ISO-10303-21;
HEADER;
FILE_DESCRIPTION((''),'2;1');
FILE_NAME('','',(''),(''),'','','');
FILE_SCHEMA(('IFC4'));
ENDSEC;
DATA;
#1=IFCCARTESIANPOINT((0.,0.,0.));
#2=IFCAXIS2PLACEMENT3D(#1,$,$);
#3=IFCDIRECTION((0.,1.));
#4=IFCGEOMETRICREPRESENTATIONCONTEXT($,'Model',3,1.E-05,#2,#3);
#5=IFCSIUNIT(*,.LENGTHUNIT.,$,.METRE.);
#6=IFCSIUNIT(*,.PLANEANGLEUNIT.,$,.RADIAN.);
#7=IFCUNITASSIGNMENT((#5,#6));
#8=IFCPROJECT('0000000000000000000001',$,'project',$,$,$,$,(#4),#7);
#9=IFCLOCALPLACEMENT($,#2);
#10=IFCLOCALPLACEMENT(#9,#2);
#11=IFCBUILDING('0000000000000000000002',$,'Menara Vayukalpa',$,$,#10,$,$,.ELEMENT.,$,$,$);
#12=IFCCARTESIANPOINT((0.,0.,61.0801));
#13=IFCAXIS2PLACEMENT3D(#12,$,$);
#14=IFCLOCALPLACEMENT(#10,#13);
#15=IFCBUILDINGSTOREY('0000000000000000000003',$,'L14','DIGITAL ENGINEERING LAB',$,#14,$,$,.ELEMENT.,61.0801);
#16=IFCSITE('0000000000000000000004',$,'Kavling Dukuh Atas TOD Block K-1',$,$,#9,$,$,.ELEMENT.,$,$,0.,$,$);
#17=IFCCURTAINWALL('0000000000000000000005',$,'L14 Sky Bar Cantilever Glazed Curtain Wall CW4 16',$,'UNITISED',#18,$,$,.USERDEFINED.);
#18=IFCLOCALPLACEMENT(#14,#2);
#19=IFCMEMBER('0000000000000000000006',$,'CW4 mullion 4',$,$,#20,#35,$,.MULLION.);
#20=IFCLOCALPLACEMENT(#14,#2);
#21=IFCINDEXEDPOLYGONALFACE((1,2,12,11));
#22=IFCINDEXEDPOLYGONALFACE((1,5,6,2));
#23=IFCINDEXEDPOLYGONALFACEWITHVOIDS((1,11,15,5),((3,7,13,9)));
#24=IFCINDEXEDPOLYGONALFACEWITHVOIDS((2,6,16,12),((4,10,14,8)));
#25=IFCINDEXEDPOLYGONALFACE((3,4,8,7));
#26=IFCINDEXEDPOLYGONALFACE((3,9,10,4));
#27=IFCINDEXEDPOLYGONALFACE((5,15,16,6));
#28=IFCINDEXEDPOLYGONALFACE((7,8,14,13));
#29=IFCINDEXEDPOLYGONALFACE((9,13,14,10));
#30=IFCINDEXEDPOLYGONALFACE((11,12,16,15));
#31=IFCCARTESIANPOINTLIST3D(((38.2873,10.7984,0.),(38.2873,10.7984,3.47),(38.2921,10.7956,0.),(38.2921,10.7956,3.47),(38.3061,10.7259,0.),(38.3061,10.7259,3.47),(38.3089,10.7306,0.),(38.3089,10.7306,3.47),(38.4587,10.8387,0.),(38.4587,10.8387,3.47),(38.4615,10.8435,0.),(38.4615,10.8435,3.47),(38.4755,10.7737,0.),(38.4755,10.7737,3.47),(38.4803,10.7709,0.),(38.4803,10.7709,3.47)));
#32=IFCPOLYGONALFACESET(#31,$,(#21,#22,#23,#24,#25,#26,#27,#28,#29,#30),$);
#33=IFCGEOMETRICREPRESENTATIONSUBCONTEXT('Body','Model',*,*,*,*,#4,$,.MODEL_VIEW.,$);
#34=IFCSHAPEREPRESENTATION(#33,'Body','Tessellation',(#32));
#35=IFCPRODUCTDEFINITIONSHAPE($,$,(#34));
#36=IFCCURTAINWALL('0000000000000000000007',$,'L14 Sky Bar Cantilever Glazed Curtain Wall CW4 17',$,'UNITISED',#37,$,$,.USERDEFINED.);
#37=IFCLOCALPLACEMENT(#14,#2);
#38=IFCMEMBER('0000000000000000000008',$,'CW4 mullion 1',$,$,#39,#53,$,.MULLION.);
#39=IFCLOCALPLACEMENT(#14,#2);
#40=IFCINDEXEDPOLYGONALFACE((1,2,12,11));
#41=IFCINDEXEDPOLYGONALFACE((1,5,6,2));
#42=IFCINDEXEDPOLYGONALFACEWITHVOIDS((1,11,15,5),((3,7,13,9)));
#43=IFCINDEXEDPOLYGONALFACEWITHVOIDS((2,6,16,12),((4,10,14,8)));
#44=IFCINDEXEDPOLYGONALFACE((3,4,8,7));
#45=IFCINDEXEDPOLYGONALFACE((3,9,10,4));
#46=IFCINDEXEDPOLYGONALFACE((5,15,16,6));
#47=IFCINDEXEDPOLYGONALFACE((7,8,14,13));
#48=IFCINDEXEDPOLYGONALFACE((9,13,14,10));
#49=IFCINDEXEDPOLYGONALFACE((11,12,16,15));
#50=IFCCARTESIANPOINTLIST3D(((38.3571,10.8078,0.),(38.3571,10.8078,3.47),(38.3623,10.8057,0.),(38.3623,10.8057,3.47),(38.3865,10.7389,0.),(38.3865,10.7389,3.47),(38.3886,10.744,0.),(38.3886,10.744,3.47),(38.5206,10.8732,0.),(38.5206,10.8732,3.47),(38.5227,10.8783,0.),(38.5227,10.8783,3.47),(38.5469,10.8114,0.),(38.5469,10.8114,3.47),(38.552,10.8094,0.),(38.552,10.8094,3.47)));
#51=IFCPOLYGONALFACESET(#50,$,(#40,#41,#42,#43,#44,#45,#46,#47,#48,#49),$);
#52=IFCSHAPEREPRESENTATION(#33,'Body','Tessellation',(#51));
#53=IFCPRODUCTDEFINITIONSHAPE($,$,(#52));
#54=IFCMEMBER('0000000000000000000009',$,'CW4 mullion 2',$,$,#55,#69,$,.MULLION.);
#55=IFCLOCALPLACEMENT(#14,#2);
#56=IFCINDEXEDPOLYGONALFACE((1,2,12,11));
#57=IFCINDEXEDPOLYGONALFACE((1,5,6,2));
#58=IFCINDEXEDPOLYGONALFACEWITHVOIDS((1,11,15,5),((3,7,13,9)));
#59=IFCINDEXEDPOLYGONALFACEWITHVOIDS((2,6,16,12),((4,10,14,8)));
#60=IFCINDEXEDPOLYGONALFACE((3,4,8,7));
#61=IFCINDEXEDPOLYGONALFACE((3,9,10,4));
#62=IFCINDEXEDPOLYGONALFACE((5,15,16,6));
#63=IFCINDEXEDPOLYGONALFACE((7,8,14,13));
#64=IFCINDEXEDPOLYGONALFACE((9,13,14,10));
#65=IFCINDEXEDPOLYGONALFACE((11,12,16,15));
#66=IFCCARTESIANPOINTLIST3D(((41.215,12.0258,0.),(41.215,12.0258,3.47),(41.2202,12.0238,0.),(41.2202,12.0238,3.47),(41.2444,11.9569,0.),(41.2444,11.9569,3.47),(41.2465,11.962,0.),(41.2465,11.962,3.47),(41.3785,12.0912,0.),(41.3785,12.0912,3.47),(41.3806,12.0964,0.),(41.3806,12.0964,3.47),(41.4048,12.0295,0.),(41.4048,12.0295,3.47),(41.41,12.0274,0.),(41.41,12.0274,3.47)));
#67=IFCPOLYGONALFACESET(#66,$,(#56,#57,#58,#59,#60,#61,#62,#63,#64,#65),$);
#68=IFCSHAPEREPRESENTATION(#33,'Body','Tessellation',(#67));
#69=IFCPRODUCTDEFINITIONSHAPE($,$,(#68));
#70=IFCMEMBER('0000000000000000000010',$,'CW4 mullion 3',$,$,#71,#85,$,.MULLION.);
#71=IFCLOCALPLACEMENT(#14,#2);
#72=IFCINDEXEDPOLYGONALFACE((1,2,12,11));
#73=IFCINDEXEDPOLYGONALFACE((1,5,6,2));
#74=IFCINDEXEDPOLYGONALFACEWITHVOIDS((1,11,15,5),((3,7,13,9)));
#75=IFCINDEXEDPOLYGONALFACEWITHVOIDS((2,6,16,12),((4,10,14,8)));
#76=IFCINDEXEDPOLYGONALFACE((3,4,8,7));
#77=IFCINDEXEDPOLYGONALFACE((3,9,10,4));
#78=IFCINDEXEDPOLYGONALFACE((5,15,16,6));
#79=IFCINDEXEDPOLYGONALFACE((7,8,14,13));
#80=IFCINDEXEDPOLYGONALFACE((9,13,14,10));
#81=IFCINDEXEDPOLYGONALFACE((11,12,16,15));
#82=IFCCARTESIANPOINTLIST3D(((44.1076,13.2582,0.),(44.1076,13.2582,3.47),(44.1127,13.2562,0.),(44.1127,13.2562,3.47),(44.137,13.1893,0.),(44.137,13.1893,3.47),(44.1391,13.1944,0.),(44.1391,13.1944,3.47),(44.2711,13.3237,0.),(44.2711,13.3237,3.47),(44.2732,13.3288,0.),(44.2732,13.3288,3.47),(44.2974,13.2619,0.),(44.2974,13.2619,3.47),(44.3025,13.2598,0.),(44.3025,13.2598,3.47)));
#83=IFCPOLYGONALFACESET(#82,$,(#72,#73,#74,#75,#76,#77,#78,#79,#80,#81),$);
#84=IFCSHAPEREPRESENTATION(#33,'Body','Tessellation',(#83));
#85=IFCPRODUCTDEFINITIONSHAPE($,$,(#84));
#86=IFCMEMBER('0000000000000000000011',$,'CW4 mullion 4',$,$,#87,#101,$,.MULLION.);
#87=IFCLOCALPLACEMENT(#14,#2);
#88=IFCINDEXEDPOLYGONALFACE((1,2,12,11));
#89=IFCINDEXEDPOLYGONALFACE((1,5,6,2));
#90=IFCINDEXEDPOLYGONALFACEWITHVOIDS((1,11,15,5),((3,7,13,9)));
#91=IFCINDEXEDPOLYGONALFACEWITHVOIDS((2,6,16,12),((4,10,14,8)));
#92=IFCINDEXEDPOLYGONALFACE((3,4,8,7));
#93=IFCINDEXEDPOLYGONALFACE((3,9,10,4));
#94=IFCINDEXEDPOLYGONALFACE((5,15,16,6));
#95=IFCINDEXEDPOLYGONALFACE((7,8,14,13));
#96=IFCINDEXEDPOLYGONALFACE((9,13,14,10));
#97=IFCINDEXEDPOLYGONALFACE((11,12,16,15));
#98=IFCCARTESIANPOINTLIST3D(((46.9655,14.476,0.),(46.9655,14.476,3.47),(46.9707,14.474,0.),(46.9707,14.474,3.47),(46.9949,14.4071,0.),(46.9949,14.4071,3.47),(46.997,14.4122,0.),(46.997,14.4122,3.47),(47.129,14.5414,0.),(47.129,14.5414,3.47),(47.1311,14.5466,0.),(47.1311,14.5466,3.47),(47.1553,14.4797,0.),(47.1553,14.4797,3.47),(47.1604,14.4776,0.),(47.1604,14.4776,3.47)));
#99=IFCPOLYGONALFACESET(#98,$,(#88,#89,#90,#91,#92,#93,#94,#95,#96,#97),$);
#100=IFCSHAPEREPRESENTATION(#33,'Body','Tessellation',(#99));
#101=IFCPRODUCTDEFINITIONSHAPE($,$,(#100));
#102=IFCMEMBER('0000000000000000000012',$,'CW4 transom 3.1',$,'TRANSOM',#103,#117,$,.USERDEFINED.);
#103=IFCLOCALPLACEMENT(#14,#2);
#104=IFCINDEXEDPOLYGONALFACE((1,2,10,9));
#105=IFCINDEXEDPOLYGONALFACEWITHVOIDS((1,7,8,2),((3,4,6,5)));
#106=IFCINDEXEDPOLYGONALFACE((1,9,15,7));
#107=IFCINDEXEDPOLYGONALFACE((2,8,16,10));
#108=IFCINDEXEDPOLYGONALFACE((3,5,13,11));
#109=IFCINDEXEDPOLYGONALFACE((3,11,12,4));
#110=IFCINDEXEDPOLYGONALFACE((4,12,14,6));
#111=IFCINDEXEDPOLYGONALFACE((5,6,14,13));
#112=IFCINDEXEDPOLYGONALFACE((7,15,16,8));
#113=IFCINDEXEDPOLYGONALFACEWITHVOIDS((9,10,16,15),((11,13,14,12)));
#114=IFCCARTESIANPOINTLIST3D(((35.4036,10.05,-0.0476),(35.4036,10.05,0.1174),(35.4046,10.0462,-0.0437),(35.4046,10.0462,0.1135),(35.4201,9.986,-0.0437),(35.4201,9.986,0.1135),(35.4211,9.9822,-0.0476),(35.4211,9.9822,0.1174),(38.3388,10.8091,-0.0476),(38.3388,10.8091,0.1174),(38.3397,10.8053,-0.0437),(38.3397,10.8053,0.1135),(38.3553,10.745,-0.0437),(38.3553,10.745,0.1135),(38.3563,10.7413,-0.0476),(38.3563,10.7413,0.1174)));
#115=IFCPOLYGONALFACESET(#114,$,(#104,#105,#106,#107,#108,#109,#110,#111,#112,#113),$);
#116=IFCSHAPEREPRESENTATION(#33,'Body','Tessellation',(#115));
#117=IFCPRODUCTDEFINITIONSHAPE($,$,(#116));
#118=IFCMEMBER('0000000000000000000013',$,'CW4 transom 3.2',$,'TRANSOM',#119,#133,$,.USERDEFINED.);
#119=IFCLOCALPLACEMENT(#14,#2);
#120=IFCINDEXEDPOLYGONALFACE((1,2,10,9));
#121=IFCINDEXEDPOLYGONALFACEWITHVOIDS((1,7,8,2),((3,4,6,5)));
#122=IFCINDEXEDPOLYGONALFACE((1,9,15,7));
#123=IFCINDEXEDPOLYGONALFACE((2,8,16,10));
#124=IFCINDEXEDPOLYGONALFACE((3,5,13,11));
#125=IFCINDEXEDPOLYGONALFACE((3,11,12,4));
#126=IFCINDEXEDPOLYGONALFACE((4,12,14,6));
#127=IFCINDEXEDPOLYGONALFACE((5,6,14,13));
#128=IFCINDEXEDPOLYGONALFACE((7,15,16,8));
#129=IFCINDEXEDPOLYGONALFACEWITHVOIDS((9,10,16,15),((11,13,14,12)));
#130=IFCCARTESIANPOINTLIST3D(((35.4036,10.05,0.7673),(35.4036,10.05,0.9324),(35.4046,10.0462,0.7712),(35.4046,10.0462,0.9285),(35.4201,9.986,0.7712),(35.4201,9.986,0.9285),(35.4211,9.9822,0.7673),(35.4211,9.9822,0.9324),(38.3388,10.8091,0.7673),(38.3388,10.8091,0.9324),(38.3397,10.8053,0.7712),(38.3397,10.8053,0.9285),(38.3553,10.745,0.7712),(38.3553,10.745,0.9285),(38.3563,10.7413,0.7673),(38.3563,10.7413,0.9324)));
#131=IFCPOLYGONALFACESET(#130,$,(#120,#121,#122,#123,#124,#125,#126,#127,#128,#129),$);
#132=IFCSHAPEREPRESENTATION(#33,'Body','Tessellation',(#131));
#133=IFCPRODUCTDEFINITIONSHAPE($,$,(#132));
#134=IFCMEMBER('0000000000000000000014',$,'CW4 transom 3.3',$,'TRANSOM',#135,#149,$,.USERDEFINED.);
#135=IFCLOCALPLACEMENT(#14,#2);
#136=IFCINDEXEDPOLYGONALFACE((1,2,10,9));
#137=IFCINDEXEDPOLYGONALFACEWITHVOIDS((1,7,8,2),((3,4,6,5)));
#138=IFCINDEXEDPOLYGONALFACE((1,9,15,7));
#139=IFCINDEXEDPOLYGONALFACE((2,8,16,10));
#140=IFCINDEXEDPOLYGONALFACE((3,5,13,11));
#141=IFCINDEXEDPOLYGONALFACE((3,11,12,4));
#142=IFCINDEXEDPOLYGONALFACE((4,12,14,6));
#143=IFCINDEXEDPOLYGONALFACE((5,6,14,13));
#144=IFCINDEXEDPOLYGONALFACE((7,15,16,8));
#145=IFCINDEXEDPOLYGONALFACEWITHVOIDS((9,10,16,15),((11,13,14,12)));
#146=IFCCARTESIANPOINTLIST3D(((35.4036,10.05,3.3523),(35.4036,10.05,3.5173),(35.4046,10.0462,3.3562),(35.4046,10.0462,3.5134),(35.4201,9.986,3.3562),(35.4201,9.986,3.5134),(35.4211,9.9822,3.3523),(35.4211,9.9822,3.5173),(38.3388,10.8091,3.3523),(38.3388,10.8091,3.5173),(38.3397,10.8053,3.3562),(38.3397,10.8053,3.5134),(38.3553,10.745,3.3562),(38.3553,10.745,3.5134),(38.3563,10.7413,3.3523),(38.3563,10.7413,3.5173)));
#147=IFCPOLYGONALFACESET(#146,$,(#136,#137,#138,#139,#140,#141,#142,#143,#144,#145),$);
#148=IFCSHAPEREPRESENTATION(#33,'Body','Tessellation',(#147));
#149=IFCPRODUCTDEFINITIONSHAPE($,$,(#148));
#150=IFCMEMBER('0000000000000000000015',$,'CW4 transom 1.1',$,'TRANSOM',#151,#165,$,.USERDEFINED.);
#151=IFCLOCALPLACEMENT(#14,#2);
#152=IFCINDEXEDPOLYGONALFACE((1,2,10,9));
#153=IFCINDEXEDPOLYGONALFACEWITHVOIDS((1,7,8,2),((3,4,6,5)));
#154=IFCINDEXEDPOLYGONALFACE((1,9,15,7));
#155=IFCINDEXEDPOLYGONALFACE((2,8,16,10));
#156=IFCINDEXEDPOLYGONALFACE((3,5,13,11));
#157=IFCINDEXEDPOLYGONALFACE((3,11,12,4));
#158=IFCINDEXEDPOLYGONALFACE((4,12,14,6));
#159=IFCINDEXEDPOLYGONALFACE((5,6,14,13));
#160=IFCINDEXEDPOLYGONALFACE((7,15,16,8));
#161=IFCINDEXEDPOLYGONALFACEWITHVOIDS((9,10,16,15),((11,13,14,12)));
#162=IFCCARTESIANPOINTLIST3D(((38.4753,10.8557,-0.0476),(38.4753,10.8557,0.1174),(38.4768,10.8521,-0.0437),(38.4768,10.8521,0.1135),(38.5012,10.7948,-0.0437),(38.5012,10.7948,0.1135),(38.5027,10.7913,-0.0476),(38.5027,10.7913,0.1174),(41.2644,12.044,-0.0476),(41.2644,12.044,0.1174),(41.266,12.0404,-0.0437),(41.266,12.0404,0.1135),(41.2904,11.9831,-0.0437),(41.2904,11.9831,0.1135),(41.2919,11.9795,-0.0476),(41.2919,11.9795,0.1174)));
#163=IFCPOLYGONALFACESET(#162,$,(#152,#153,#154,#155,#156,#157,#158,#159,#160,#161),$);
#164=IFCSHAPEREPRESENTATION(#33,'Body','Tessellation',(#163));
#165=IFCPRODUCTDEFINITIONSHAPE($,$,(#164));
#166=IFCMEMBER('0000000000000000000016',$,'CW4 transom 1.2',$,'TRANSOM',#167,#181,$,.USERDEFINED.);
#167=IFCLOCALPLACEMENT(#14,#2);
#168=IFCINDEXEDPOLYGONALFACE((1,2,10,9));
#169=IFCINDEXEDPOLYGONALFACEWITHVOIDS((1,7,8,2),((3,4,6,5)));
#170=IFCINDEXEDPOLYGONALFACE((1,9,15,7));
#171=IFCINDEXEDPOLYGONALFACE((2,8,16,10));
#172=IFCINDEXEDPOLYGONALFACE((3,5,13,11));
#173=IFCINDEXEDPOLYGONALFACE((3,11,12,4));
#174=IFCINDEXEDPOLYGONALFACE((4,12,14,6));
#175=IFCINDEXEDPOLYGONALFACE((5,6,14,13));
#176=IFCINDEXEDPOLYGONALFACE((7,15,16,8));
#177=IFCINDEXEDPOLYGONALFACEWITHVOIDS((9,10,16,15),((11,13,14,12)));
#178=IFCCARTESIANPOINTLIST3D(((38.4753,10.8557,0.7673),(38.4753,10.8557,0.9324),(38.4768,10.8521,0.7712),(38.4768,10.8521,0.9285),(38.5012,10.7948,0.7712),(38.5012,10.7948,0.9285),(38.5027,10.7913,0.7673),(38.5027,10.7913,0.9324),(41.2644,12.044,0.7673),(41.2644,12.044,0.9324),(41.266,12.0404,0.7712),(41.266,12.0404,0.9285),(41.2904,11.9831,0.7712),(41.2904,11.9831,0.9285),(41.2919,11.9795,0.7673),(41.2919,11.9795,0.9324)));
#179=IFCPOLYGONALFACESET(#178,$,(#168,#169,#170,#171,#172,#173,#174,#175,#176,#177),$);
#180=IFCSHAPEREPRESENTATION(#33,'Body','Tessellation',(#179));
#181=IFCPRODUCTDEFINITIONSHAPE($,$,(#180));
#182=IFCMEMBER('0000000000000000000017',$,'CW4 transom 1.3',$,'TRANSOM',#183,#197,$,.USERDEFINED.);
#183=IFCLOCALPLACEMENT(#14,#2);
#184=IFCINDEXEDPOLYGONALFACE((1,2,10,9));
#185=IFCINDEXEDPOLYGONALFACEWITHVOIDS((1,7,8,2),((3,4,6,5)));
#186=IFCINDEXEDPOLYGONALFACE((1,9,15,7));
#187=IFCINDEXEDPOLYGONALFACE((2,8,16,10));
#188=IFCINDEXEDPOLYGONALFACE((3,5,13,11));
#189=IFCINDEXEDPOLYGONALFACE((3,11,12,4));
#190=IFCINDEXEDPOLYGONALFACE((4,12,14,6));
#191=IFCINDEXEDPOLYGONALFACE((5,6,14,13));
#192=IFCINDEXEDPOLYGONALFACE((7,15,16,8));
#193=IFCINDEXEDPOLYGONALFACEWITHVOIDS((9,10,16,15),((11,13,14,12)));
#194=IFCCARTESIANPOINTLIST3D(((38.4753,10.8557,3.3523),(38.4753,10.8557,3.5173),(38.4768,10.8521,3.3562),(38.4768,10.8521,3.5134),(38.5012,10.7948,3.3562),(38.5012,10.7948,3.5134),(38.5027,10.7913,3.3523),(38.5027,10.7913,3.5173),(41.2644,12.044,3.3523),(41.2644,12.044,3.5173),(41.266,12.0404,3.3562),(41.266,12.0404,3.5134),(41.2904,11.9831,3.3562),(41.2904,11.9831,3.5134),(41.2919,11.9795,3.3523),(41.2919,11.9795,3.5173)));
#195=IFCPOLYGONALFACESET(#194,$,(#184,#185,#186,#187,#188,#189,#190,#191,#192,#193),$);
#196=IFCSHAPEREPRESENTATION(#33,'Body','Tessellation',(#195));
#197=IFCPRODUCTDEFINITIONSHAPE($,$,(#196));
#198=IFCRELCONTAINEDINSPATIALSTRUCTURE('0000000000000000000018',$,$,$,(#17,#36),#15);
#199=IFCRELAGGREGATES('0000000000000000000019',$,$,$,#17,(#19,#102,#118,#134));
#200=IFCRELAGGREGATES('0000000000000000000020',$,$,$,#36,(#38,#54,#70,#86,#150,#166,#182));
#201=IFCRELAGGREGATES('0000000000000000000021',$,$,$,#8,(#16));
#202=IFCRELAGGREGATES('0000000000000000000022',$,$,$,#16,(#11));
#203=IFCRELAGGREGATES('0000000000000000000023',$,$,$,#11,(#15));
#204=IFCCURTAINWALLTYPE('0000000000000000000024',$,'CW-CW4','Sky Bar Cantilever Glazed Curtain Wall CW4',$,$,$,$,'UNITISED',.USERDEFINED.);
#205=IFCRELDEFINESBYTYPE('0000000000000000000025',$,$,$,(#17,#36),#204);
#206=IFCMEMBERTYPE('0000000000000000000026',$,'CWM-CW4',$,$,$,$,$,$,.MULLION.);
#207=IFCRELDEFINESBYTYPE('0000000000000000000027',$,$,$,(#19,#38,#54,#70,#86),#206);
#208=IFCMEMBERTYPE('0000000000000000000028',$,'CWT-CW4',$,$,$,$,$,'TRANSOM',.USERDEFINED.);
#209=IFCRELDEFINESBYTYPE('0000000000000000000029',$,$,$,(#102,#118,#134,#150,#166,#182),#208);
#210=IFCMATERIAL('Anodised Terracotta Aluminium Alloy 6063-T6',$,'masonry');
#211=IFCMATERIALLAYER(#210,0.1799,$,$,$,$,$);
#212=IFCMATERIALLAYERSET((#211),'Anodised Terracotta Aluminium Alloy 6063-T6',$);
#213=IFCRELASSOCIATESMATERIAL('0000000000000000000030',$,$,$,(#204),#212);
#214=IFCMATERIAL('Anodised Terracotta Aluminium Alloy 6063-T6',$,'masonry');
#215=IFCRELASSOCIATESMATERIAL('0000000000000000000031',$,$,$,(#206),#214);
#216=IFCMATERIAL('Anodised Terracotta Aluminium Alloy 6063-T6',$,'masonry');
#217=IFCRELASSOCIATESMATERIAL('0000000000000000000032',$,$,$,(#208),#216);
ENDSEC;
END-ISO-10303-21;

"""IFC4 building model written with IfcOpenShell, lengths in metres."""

from ifc_helpers import new_model, si_unit, direction, frame, origin, origin_2d, place, context, subcontext, project, spatial, hollow_rectangle, extrude, material, layer, layer_set, material_profile, profile_set, type_object, element, aggregate, save


model = new_model("IFC4")

# Units and contexts
model_context = context("Model", 3, precision=1e-05, world=origin(), true_north=direction((0.0, 1.0)))
body_context = subcontext(model_context, "Body", "Model", "MODEL_VIEW")
ifc_project = project(units=[si_unit("LENGTHUNIT", "METRE"), si_unit("PLANEANGLEUNIT", "RADIAN")], contexts=[model_context])

# Site, building, storey
site_placement = place(None, origin())
site = spatial("IfcSite", under=ifc_project, at=site_placement, Name="Kavling Dukuh Atas TOD Block K-1", CompositionType="ELEMENT", RefElevation=0.0)
building_placement = place(site_placement, origin())
building = spatial("IfcBuilding", under=site, at=building_placement, Name="Menara Vayukalpa", CompositionType="ELEMENT")
storey_placement = place(building_placement, frame((0.0, 0.0, 61.0801)))
storey = spatial("IfcBuildingStorey", under=building, at=storey_placement, Name="L14", Description="DIGITAL ENGINEERING LAB", CompositionType="ELEMENT", Elevation=61.0801)

# Curtain walls, members
ifc_material_1 = material(Name="Anodised Terracotta Aluminium Alloy 6063-T6", Category="masonry")
ifc_layer_1 = layer(ifc_material_1, 0.1799)
ifc_layer_set_1 = layer_set([ifc_layer_1], Name="Anodised Terracotta Aluminium Alloy 6063-T6")
curtain_wall_type = type_object("IfcCurtainWallType", Name="CW-CW4", Description="Sky Bar Cantilever Glazed Curtain Wall CW4", ElementType="UNITISED", PredefinedType="USERDEFINED", material=ifc_layer_set_1)
curtain_wall_1_placement = place(storey_placement, origin())
curtain_wall_1 = element("IfcCurtainWall", 1, at=curtain_wall_1_placement, inside=storey, type_object=curtain_wall_type, Name="L14 Sky Bar Cantilever Glazed Curtain Wall CW4 16", ObjectType="UNITISED", PredefinedType="USERDEFINED")
ifc_material_2 = material(Name="Anodised Terracotta Aluminium Alloy 6063-T6", Category="masonry")
ifc_material_profile_1 = material_profile(ifc_material_2, hollow_rectangle(XDim=0.075, YDim=0.1799, WallThickness=0.0039, at=origin_2d()), Name="ALU 75x180x4")
ifc_profile_set_1 = profile_set([ifc_material_profile_1], Name="Anodised Terracotta Aluminium Alloy 6063-T6")
member_type_1 = type_object("IfcMemberType", Name="CWM-CW4", PredefinedType="MULLION", material=ifc_profile_set_1)
member_1_placement = place(storey_placement, frame((38.3838, 10.7847, 0.0), z_axis=(0.0, 0.0, 1.0), x_axis=(-0.250403, 0.968142, 0.0)))
member_1 = element("IfcMember", 2, at=member_1_placement, type_object=member_type_1, Name="CW4 mullion 4", PredefinedType="MULLION", context=body_context, shape_type="SweptSolid", body=[
    extrude(hollow_rectangle(XDim=0.075, YDim=0.1799, WallThickness=0.0039, at=origin_2d()), origin(), (0.0, 0.0, 1.0), 3.47),
])
curtain_wall_2_placement = place(storey_placement, origin())
curtain_wall_2 = element("IfcCurtainWall", 3, at=curtain_wall_2_placement, inside=storey, type_object=curtain_wall_type, Name="L14 Sky Bar Cantilever Glazed Curtain Wall CW4 17", ObjectType="UNITISED", PredefinedType="USERDEFINED")
member_2_placement = place(storey_placement, frame((38.4546, 10.8086, 0.0), z_axis=(0.0, 0.0, 1.0), x_axis=(-0.392008, 0.919962, 0.0)))
member_2 = element("IfcMember", 4, at=member_2_placement, type_object=member_type_1, Name="CW4 mullion 1", PredefinedType="MULLION", context=body_context, shape_type="SweptSolid", body=[
    extrude(hollow_rectangle(XDim=0.075, YDim=0.1799, WallThickness=0.0039, at=origin_2d()), origin(), (0.0, 0.0, 1.0), 3.47),
])
member_3_placement = place(storey_placement, frame((41.3125, 12.0266, 0.0), z_axis=(0.0, 0.0, 1.0), x_axis=(-0.392008, 0.919962, 0.0)))
member_3 = element("IfcMember", 5, at=member_3_placement, type_object=member_type_1, Name="CW4 mullion 2", PredefinedType="MULLION", context=body_context, shape_type="SweptSolid", body=[
    extrude(hollow_rectangle(XDim=0.075, YDim=0.1799, WallThickness=0.0039, at=origin_2d()), origin(), (0.0, 0.0, 1.0), 3.47),
])
member_4_placement = place(storey_placement, frame((44.2051, 13.259, 0.0), z_axis=(0.0, 0.0, 1.0), x_axis=(-0.392008, 0.919962, 0.0)))
member_4 = element("IfcMember", 6, at=member_4_placement, type_object=member_type_1, Name="CW4 mullion 3", PredefinedType="MULLION", context=body_context, shape_type="SweptSolid", body=[
    extrude(hollow_rectangle(XDim=0.075, YDim=0.1799, WallThickness=0.0039, at=origin_2d()), origin(), (0.0, 0.0, 1.0), 3.47),
])
member_5_placement = place(storey_placement, frame((47.063, 14.4768, 0.0), z_axis=(0.0, 0.0, 1.0), x_axis=(-0.392008, 0.919962, 0.0)))
member_5 = element("IfcMember", 7, at=member_5_placement, type_object=member_type_1, Name="CW4 mullion 4", PredefinedType="MULLION", context=body_context, shape_type="SweptSolid", body=[
    extrude(hollow_rectangle(XDim=0.075, YDim=0.1799, WallThickness=0.0039, at=origin_2d()), origin(), (0.0, 0.0, 1.0), 3.47),
])

# Members
ifc_material_3 = material(Name="Anodised Terracotta Aluminium Alloy 6063-T6", Category="masonry")
ifc_material_profile_2 = material_profile(ifc_material_3, hollow_rectangle(XDim=0.0701, YDim=0.165, WallThickness=0.0039, at=origin_2d()), Name="ALU 70x165x4")
ifc_profile_set_2 = profile_set([ifc_material_profile_2], Name="Anodised Terracotta Aluminium Alloy 6063-T6")
member_type_2 = type_object("IfcMemberType", Name="CWT-CW4", ElementType="TRANSOM", PredefinedType="USERDEFINED", material=ifc_profile_set_2)
member_6_placement = place(storey_placement, frame((35.4124, 10.0161, 0.0349), z_axis=(0.96815, 0.250372, 0.0), x_axis=(-0.250372, 0.96815, 0.0)))
member_6 = element("IfcMember", 8, at=member_6_placement, type_object=member_type_2, Name="CW4 transom 3.1", ObjectType="TRANSOM", PredefinedType="USERDEFINED", context=body_context, shape_type="SweptSolid", body=[
    extrude(hollow_rectangle(XDim=0.0701, YDim=0.165, WallThickness=0.0039, at=origin_2d()), origin(), (0.0, 0.0, 1.0), 3.0317),
])
member_7_placement = place(storey_placement, frame((35.4124, 10.0161, 0.8499), z_axis=(0.96815, 0.250372, 0.0), x_axis=(-0.250372, 0.96815, 0.0)))
member_7 = element("IfcMember", 9, at=member_7_placement, type_object=member_type_2, Name="CW4 transom 3.2", ObjectType="TRANSOM", PredefinedType="USERDEFINED", context=body_context, shape_type="SweptSolid", body=[
    extrude(hollow_rectangle(XDim=0.0701, YDim=0.165, WallThickness=0.0039, at=origin_2d()), origin(), (0.0, 0.0, 1.0), 3.0317),
])
member_8_placement = place(storey_placement, frame((35.4124, 10.0161, 3.4348), z_axis=(0.96815, 0.250372, 0.0), x_axis=(-0.250372, 0.96815, 0.0)))
member_8 = element("IfcMember", 10, at=member_8_placement, type_object=member_type_2, Name="CW4 transom 3.3", ObjectType="TRANSOM", PredefinedType="USERDEFINED", context=body_context, shape_type="SweptSolid", body=[
    extrude(hollow_rectangle(XDim=0.0701, YDim=0.165, WallThickness=0.0039, at=origin_2d()), origin(), (0.0, 0.0, 1.0), 3.0317),
])
member_9_placement = place(storey_placement, frame((38.489, 10.8235, 0.0349), z_axis=(0.919988, 0.391945, 0.0), x_axis=(-0.391945, 0.919988, 0.0)))
member_9 = element("IfcMember", 11, at=member_9_placement, type_object=member_type_2, Name="CW4 transom 1.1", ObjectType="TRANSOM", PredefinedType="USERDEFINED", context=body_context, shape_type="SweptSolid", body=[
    extrude(hollow_rectangle(XDim=0.0701, YDim=0.165, WallThickness=0.0039, at=origin_2d()), origin(), (0.0, 0.0, 1.0), 3.0317),
])
member_10_placement = place(storey_placement, frame((38.489, 10.8235, 0.8499), z_axis=(0.919988, 0.391945, 0.0), x_axis=(-0.391945, 0.919988, 0.0)))
member_10 = element("IfcMember", 12, at=member_10_placement, type_object=member_type_2, Name="CW4 transom 1.2", ObjectType="TRANSOM", PredefinedType="USERDEFINED", context=body_context, shape_type="SweptSolid", body=[
    extrude(hollow_rectangle(XDim=0.0701, YDim=0.165, WallThickness=0.0039, at=origin_2d()), origin(), (0.0, 0.0, 1.0), 3.0317),
])
member_11_placement = place(storey_placement, frame((38.489, 10.8235, 3.4348), z_axis=(0.919988, 0.391945, 0.0), x_axis=(-0.391945, 0.919988, 0.0)))
member_11 = element("IfcMember", 13, at=member_11_placement, type_object=member_type_2, Name="CW4 transom 1.3", ObjectType="TRANSOM", PredefinedType="USERDEFINED", context=body_context, shape_type="SweptSolid", body=[
    extrude(hollow_rectangle(XDim=0.0701, YDim=0.165, WallThickness=0.0039, at=origin_2d()), origin(), (0.0, 0.0, 1.0), 3.0317),
])

aggregate(curtain_wall_1, [member_1, member_6, member_7, member_8])
aggregate(curtain_wall_2, [member_2, member_3, member_4, member_5, member_9, member_10, member_11])

save(model, "model.ifc")
